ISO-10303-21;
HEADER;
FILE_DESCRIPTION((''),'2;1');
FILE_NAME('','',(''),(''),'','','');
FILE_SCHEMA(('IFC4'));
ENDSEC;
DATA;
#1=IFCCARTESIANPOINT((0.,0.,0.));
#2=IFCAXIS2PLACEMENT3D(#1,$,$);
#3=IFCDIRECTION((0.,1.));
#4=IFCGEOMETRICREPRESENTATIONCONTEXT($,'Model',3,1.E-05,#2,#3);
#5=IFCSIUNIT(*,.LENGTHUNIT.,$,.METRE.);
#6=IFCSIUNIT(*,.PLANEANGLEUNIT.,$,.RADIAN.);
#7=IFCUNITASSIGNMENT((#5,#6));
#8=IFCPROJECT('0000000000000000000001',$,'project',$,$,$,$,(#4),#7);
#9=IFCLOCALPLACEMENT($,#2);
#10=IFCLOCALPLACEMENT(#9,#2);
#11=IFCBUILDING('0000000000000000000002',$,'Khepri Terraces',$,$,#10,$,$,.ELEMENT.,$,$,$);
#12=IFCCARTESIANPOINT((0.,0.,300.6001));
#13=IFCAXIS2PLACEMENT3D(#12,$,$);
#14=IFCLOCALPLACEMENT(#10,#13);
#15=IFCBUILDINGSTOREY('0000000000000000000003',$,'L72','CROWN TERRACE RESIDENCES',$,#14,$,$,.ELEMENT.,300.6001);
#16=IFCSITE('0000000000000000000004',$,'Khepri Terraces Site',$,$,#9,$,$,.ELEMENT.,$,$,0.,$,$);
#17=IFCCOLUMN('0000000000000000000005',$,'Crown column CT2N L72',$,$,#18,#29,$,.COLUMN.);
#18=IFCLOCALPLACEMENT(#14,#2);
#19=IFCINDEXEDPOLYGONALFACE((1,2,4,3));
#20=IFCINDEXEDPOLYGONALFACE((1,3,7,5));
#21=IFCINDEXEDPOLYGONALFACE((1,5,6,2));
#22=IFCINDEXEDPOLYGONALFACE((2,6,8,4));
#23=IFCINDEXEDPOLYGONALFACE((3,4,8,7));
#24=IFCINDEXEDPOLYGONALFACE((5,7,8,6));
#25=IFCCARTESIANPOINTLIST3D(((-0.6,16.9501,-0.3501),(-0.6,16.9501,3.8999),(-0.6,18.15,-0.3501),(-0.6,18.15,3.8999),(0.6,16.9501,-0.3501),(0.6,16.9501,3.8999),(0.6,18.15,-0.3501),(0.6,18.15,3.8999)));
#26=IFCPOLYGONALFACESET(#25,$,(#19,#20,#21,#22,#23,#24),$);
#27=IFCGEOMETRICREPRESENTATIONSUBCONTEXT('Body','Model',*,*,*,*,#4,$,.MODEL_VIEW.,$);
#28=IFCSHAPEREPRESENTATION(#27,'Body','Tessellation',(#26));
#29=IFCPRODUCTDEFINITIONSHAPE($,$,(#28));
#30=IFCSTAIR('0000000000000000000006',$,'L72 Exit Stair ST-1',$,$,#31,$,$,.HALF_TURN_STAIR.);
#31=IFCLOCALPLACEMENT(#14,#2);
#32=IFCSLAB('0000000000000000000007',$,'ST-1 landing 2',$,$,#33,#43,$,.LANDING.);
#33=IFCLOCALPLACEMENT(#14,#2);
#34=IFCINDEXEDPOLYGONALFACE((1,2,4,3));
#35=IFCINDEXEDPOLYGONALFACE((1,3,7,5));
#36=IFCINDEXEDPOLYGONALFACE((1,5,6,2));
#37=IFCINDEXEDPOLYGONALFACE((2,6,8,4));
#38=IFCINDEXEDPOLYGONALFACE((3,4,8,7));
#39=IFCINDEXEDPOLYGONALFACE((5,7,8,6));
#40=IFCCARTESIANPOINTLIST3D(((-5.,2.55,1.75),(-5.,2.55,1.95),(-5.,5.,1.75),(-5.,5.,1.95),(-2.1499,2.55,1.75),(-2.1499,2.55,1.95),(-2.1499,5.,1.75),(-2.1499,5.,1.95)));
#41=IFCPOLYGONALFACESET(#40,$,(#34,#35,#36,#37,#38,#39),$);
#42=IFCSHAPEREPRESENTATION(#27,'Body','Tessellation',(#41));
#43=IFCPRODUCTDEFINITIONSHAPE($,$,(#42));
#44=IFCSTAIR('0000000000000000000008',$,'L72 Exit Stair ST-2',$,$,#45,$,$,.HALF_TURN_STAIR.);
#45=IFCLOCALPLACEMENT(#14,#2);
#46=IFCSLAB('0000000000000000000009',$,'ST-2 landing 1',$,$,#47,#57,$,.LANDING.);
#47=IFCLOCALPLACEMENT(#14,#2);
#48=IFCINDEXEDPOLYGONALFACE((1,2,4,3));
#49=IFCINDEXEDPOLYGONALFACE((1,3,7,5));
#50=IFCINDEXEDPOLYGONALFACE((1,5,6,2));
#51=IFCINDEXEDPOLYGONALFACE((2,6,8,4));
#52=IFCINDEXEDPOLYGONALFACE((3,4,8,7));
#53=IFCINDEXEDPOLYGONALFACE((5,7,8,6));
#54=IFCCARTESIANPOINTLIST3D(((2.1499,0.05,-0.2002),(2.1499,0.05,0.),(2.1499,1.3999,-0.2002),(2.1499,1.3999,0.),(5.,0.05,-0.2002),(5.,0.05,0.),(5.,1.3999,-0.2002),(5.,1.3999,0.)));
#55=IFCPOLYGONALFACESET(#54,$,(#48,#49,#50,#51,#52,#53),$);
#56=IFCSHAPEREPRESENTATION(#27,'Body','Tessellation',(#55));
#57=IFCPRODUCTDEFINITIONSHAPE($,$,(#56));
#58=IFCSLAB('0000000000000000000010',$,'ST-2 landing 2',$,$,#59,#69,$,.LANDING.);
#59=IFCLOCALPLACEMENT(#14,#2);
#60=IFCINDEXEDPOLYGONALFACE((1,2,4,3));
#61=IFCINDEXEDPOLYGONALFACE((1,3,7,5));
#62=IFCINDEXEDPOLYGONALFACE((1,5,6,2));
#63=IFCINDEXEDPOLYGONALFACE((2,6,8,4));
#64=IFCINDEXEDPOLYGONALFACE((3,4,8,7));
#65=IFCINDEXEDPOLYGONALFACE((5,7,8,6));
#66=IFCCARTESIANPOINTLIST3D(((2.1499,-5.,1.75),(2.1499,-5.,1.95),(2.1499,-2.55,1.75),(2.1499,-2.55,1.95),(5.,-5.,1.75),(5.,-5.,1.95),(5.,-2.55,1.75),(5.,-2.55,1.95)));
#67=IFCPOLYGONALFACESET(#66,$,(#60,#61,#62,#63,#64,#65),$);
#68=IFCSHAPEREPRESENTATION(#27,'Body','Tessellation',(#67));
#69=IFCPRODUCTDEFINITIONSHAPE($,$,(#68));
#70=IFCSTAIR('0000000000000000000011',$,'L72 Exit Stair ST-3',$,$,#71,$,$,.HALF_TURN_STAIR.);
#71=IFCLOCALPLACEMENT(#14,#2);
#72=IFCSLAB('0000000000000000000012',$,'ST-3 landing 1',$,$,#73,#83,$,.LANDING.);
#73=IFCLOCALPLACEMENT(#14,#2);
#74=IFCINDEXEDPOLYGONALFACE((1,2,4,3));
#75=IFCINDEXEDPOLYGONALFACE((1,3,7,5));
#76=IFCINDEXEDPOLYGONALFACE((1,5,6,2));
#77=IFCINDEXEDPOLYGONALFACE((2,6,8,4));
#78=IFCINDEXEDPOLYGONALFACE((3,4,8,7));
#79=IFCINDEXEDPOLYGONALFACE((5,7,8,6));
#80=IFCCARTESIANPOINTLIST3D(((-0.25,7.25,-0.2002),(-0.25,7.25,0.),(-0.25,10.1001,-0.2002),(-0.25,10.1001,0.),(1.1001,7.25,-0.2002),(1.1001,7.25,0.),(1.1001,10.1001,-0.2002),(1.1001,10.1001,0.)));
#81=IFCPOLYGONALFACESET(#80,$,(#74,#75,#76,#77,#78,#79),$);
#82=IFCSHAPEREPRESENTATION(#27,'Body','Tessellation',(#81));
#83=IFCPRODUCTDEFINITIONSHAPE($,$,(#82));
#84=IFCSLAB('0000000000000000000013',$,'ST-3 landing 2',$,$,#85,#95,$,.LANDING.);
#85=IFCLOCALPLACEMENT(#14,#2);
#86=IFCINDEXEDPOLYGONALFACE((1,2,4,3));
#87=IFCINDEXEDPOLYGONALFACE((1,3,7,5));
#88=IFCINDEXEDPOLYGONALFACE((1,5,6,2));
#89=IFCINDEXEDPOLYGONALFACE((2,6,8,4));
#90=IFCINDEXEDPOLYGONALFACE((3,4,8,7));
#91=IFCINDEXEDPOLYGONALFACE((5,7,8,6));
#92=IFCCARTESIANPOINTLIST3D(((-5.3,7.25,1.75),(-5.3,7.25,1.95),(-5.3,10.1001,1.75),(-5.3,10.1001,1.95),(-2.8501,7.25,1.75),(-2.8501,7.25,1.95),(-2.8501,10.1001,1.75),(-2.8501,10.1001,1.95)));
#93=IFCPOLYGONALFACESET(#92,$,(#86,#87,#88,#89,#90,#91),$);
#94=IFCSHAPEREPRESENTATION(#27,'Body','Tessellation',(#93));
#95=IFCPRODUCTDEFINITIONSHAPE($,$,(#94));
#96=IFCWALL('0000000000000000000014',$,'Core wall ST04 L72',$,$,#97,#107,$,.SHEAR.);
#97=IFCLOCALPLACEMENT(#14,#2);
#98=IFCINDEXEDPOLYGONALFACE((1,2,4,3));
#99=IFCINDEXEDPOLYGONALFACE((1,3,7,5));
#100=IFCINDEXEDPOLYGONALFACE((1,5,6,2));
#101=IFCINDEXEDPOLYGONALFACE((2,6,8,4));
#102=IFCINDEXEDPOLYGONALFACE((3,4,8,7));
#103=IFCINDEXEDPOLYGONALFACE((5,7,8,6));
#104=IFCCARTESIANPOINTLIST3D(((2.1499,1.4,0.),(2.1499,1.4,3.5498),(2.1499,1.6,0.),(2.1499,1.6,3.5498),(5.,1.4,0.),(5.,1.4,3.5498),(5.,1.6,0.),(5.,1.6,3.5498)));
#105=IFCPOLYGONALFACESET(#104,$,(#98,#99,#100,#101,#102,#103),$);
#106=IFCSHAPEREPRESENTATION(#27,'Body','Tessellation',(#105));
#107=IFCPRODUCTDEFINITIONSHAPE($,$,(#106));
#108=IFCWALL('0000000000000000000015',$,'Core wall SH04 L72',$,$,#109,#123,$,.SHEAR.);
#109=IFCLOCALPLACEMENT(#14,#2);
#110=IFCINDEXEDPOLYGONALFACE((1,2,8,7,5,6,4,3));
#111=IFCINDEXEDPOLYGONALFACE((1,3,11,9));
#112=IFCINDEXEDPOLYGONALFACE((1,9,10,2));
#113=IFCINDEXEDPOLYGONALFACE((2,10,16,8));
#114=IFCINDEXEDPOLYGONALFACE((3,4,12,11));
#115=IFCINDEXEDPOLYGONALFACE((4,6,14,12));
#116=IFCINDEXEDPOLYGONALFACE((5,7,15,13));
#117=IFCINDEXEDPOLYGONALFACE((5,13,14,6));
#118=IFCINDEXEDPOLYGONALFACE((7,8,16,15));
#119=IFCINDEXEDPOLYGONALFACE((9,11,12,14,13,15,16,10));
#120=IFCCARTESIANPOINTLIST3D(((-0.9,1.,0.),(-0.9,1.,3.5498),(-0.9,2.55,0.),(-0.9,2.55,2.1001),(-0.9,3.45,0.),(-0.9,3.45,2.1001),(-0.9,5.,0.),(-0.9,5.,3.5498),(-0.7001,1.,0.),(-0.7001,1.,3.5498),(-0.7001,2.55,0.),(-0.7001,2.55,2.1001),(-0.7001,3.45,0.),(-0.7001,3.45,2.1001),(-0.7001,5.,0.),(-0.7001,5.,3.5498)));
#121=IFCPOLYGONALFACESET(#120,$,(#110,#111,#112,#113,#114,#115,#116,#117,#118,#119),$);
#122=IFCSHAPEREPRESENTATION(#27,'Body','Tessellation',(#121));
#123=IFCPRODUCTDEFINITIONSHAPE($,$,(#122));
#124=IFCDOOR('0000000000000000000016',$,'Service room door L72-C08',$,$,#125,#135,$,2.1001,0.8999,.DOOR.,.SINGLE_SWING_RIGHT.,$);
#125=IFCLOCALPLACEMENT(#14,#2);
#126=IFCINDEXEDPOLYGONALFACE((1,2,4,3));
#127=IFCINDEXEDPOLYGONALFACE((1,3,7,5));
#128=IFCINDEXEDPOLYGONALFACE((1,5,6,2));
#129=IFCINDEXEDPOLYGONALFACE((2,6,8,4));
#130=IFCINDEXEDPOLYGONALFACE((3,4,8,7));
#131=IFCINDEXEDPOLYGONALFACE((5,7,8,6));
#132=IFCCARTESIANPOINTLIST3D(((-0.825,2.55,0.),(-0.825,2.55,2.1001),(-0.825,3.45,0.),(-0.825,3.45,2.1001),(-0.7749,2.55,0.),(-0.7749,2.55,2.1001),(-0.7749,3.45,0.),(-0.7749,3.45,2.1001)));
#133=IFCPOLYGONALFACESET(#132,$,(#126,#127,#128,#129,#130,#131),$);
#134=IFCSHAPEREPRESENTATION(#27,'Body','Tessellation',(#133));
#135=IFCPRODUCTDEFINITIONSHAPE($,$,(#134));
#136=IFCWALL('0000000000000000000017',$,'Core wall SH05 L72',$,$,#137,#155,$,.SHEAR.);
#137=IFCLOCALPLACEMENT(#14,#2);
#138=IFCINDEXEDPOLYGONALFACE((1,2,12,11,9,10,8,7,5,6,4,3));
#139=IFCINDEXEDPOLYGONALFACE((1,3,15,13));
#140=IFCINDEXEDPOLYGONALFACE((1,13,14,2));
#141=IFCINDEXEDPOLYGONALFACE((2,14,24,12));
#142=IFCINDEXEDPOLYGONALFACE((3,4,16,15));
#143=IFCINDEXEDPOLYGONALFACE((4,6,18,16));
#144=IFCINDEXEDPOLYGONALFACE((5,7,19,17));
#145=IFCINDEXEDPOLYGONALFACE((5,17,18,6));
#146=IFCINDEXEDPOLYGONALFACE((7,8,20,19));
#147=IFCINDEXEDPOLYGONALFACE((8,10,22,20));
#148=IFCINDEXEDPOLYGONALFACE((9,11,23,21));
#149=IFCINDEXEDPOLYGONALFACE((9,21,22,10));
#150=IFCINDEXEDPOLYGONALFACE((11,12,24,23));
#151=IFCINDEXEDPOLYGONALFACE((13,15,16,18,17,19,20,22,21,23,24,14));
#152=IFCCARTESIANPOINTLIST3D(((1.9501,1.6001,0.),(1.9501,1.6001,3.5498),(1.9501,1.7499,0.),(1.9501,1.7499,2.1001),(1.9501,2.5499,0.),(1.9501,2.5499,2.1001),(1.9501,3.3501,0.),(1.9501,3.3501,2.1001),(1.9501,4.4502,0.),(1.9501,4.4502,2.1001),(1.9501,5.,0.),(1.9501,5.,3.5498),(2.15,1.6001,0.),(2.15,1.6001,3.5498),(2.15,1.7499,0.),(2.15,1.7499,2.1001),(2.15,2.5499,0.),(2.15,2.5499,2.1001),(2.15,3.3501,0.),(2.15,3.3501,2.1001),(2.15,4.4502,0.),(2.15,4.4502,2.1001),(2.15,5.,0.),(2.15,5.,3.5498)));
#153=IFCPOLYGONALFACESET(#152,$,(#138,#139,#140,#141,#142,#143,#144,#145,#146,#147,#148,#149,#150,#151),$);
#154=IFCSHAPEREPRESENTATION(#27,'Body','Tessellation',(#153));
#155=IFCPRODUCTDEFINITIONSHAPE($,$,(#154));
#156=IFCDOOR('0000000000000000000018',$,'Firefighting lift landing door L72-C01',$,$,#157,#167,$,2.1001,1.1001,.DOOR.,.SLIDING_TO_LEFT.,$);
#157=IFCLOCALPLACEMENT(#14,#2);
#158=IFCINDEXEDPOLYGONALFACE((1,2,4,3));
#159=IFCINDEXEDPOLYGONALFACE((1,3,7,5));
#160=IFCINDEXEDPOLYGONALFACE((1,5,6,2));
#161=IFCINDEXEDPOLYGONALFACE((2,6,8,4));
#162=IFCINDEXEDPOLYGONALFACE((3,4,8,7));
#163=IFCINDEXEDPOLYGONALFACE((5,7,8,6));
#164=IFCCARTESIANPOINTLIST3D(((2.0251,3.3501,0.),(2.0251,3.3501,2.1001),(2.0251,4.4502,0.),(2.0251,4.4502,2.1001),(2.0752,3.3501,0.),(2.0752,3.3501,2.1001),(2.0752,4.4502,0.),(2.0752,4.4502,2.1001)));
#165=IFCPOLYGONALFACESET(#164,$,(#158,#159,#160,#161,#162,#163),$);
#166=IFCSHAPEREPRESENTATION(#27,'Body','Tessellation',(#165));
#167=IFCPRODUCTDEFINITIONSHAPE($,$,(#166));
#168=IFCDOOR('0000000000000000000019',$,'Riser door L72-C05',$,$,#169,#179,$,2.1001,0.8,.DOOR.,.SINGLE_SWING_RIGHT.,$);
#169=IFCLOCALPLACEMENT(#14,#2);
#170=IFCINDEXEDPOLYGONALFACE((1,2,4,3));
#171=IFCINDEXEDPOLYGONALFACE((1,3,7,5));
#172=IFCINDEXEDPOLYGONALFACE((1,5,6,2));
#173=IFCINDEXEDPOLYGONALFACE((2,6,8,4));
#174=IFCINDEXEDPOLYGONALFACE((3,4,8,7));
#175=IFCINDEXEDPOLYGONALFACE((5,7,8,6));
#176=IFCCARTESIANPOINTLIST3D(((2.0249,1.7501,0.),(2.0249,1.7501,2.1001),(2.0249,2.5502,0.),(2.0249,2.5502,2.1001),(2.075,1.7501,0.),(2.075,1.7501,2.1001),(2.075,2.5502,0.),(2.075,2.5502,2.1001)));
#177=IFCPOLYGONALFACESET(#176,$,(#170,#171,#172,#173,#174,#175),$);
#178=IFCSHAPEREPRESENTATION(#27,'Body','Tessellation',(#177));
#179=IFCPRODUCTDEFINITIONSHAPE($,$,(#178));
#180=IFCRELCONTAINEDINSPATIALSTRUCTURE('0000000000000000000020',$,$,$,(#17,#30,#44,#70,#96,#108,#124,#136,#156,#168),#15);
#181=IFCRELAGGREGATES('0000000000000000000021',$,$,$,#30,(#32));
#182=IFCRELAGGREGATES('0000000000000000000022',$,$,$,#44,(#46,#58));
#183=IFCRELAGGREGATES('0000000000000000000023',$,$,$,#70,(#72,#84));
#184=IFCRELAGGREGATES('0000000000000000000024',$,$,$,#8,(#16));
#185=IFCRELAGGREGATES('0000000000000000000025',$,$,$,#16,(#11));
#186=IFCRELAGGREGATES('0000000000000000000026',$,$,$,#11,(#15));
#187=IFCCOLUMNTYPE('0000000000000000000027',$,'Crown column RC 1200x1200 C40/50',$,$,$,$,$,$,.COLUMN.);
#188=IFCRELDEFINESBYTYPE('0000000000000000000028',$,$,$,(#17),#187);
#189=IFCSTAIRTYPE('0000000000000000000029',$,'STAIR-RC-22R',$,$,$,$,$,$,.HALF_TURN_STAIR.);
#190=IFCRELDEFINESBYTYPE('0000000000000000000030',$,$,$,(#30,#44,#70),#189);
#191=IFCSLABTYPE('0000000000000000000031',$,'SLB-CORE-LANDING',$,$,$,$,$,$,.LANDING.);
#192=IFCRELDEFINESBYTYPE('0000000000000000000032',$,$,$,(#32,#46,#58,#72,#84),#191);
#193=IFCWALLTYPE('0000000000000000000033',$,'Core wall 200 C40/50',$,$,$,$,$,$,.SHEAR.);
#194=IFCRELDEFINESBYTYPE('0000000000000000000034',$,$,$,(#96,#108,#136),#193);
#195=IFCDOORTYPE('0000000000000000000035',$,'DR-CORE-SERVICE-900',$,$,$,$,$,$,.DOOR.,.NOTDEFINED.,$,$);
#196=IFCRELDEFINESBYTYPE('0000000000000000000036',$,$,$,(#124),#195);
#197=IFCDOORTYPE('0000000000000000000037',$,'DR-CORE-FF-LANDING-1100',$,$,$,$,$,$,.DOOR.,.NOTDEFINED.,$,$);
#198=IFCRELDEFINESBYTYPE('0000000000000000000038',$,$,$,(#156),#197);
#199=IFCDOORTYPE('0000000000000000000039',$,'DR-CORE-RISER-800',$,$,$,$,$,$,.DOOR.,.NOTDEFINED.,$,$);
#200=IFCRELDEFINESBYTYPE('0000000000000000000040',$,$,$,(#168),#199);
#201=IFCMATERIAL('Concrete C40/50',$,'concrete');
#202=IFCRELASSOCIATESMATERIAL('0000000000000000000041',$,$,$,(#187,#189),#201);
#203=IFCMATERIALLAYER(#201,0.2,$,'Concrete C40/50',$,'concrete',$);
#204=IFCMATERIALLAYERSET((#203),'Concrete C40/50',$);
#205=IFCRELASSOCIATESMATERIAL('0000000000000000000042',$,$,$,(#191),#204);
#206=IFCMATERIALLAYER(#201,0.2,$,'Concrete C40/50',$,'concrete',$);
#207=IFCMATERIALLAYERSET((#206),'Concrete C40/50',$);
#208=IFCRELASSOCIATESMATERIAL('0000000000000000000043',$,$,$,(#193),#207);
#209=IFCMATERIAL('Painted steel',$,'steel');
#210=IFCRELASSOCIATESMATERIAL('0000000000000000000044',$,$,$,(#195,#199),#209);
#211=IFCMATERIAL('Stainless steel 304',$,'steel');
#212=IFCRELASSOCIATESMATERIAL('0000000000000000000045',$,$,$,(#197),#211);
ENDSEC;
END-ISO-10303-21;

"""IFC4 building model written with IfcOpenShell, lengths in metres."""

from ifc_helpers import new_model, si_unit, direction, frame, frame_2d, origin, origin_2d, place, context, subcontext, project, spatial, polyline, rectangle, outline, extrude, material, layer, layer_set, material_profile, profile_set, type_object, element, fill, aggregate, save


model = new_model("IFC4")

# Units and contexts
model_context = context("Model", 3, precision=1e-05, world=origin(), true_north=direction((0.0, 1.0)))
body_context = subcontext(model_context, "Body", "Model", "MODEL_VIEW")
ifc_project = project(units=[si_unit("LENGTHUNIT", "METRE"), si_unit("PLANEANGLEUNIT", "RADIAN")], contexts=[model_context])

# Site, building, storey
site_placement = place(None, origin())
site = spatial("IfcSite", under=ifc_project, at=site_placement, Name="Khepri Terraces Site", CompositionType="ELEMENT", RefElevation=0.0)
building_placement = place(site_placement, origin())
building = spatial("IfcBuilding", under=site, at=building_placement, Name="Khepri Terraces", CompositionType="ELEMENT")
storey_placement = place(building_placement, frame((0.0, 0.0, 300.6001)))
storey = spatial("IfcBuildingStorey", under=building, at=storey_placement, Name="L72", Description="CROWN TERRACE RESIDENCES", CompositionType="ELEMENT", Elevation=300.6001)

# Column
ifc_material_1 = material(Name="Concrete C40/50", Category="concrete")
ifc_material_profile = material_profile(ifc_material_1, rectangle(XDim=1.2, YDim=1.2, at=origin_2d()), Name="Concrete C40/50", Category="concrete")
ifc_profile_set = profile_set([ifc_material_profile], Name="Concrete C40/50")
column_type = type_object("IfcColumnType", Name="Crown column RC 1200x1200 C40/50", PredefinedType="COLUMN", material=ifc_profile_set)
column_placement = place(storey_placement, frame((0.0, 17.55, -0.3501), z_axis=(0.0, 0.0, 1.0), x_axis=(1.0, 0.0, 0.0)))
element("IfcColumn", 1, at=column_placement, inside=storey, type_object=column_type, Name="Crown column CT2N L72", PredefinedType="COLUMN", context=body_context, shape_type="SweptSolid", body=[
    extrude(rectangle(XDim=1.2, YDim=1.2, at=origin_2d()), origin(), (0.0, 0.0, 1.0), 4.25),
])

# Stair, slab
stair_type = type_object("IfcStairType", Name="STAIR-RC-22R", PredefinedType="HALF_TURN_STAIR", material=ifc_material_1)
stair_1_placement = place(storey_placement, origin())
stair_1 = element("IfcStair", 2, at=stair_1_placement, inside=storey, type_object=stair_type, Name="L72 Exit Stair ST-1", PredefinedType="HALF_TURN_STAIR")
ifc_layer_1 = layer(ifc_material_1, 0.2, Name="Concrete C40/50", Category="concrete")
ifc_layer_set_1 = layer_set([ifc_layer_1], Name="Concrete C40/50")
slab_type = type_object("IfcSlabType", Name="SLB-CORE-LANDING", PredefinedType="LANDING", material=ifc_layer_set_1)
slab_1_placement = place(storey_placement, frame((0.0, 0.0, 1.75)))
slab_1 = element("IfcSlab", 3, at=slab_1_placement, type_object=slab_type, Name="ST-1 landing 2", PredefinedType="LANDING", context=body_context, shape_type="SweptSolid", body=[
    extrude(outline(polyline([(-2.1499, 2.55), (-2.1499, 5.0), (-5.0, 5.0), (-5.0, 2.55), (-2.1499, 2.55)])), origin(), (0.0, 0.0, 1.0), 0.2),
])
aggregate(stair_1, [slab_1])

# Stairs, slabs
stair_2_placement = place(storey_placement, origin())
stair_2 = element("IfcStair", 4, at=stair_2_placement, inside=storey, type_object=stair_type, Name="L72 Exit Stair ST-2", PredefinedType="HALF_TURN_STAIR")
slab_2_placement = place(storey_placement, frame((0.0, 0.0, -0.2002)))
slab_2 = element("IfcSlab", 5, at=slab_2_placement, type_object=slab_type, Name="ST-2 landing 1", PredefinedType="LANDING", context=body_context, shape_type="SweptSolid", body=[
    extrude(outline(polyline([(2.1499, 1.3999), (2.1499, 0.05), (5.0, 0.05), (5.0, 1.3999), (2.1499, 1.3999)])), origin(), (0.0, 0.0, 1.0), 0.2002),
])
slab_3_placement = place(storey_placement, frame((0.0, 0.0, 1.75)))
slab_3 = element("IfcSlab", 6, at=slab_3_placement, type_object=slab_type, Name="ST-2 landing 2", PredefinedType="LANDING", context=body_context, shape_type="SweptSolid", body=[
    extrude(outline(polyline([(2.1499, -2.55), (2.1499, -5.0), (5.0, -5.0), (5.0, -2.55), (2.1499, -2.55)])), origin(), (0.0, 0.0, 1.0), 0.2),
])
stair_3_placement = place(storey_placement, origin())
stair_3 = element("IfcStair", 7, at=stair_3_placement, inside=storey, type_object=stair_type, Name="L72 Exit Stair ST-3", PredefinedType="HALF_TURN_STAIR")
slab_4_placement = place(storey_placement, frame((0.0, 0.0, -0.2002)))
slab_4 = element("IfcSlab", 8, at=slab_4_placement, type_object=slab_type, Name="ST-3 landing 1", PredefinedType="LANDING", context=body_context, shape_type="SweptSolid", body=[
    extrude(outline(polyline([(1.1001, 10.1001), (-0.25, 10.1001), (-0.25, 7.25), (1.1001, 7.25), (1.1001, 10.1001)])), origin(), (0.0, 0.0, 1.0), 0.2002),
])
slab_5_placement = place(storey_placement, frame((0.0, 0.0, 1.75)))
slab_5 = element("IfcSlab", 9, at=slab_5_placement, type_object=slab_type, Name="ST-3 landing 2", PredefinedType="LANDING", context=body_context, shape_type="SweptSolid", body=[
    extrude(outline(polyline([(-2.8501, 10.1001), (-5.3, 10.1001), (-5.3, 7.25), (-2.8501, 7.25), (-2.8501, 10.1001)])), origin(), (0.0, 0.0, 1.0), 0.2),
])

# Wall
ifc_layer_2 = layer(ifc_material_1, 0.2, Name="Concrete C40/50", Category="concrete")
ifc_layer_set_2 = layer_set([ifc_layer_2], Name="Concrete C40/50")
wall_type_1 = type_object("IfcWallType", Name="Core wall 200 C40/50", PredefinedType="SHEAR", material=ifc_layer_set_2)
wall_1_placement = place(storey_placement, frame((2.1499, 1.5, 0.0), z_axis=(0.0, 0.0, 1.0), x_axis=(1.0, 0.0, 0.0)))
element("IfcWall", 10, at=wall_1_placement, inside=storey, type_object=wall_type_1, Name="Core wall ST04 L72", PredefinedType="SHEAR", context=body_context, shape_type="SweptSolid", body=[
    extrude(rectangle(XDim=2.8501, YDim=0.2, at=frame_2d((1.425, 0.0))), origin(), (0.0, 0.0, 1.0), 3.5498),
])

# Wall, opening, door
wall_2_placement = place(storey_placement, frame((-0.8, 1.0, 0.0), z_axis=(0.0, 0.0, 1.0), x_axis=(0.0, 1.0, 0.0)))
wall_2 = element("IfcWall", 11, at=wall_2_placement, inside=storey, type_object=wall_type_1, Name="Core wall SH04 L72", PredefinedType="SHEAR", context=body_context, shape_type="SweptSolid", body=[
    extrude(rectangle(XDim=4.0, YDim=0.2, at=frame_2d((2.0, 0.0))), origin(), (0.0, 0.0, 1.0), 3.5498),
])
opening_1_placement = place(wall_2_placement, frame((1.55, 0.0, 0.0)))
opening_1 = element("IfcOpeningElement", 12, at=opening_1_placement, cuts=wall_2, PredefinedType="OPENING", context=body_context, shape_type="SweptSolid", body=[
    extrude(rectangle(XDim=0.8999, YDim=2.1001, at=frame_2d((0.45, 1.05))), frame((0.0, 0.1099, 0.0), z_axis=(0.0, -1.0, 0.0), x_axis=(1.0, 0.0, 0.0)), (0.0, 0.0, 1.0), 0.22),
])
ifc_material_2 = material(Name="Painted steel", Category="steel")
door_type_1 = type_object("IfcDoorType", Name="DR-CORE-SERVICE-900", OperationType="NOTDEFINED", PredefinedType="DOOR", material=ifc_material_2)
door_1_placement = place(opening_1_placement, origin())
door_1 = element("IfcDoor", 13, at=door_1_placement, inside=storey, type_object=door_type_1, Name="Service room door L72-C08", OperationType="SINGLE_SWING_RIGHT", OverallHeight=2.1001, OverallWidth=0.8999, PredefinedType="DOOR", context=body_context, shape_type="SweptSolid", body=[
    extrude(rectangle(XDim=0.8999, YDim=2.1001, at=frame_2d((0.45, 1.05))), frame((0.0, 0.0249, 0.0), z_axis=(0.0, -1.0, 0.0), x_axis=(1.0, 0.0, 0.0)), (0.0, 0.0, 1.0), 0.05),
])
fill(opening_1, door_1)

# Wall, openings, doors
wall_3_placement = place(storey_placement, frame((2.05, 1.6001, 0.0), z_axis=(0.0, 0.0, 1.0), x_axis=(0.0, 1.0, 0.0)))
wall_3 = element("IfcWall", 14, at=wall_3_placement, inside=storey, type_object=wall_type_1, Name="Core wall SH05 L72", PredefinedType="SHEAR", context=body_context, shape_type="SweptSolid", body=[
    extrude(rectangle(XDim=3.3999, YDim=0.2, at=frame_2d((1.7, 0.0))), origin(), (0.0, 0.0, 1.0), 3.5498),
])
opening_2_placement = place(wall_3_placement, frame((1.75, 0.0, 0.0)))
opening_2 = element("IfcOpeningElement", 15, at=opening_2_placement, cuts=wall_3, PredefinedType="OPENING", context=body_context, shape_type="SweptSolid", body=[
    extrude(rectangle(XDim=1.1001, YDim=2.1001, at=frame_2d((0.55, 1.05))), frame((0.0, 0.1099, 0.0), z_axis=(0.0, -1.0, 0.0), x_axis=(1.0, 0.0, 0.0)), (0.0, 0.0, 1.0), 0.22),
])
opening_3_placement = place(wall_3_placement, frame((0.1499, 0.0, 0.0)))
opening_3 = element("IfcOpeningElement", 16, at=opening_3_placement, cuts=wall_3, PredefinedType="OPENING", context=body_context, shape_type="SweptSolid", body=[
    extrude(rectangle(XDim=0.8, YDim=2.1001, at=frame_2d((0.3999, 1.05))), frame((0.0, 0.1099, 0.0), z_axis=(0.0, -1.0, 0.0), x_axis=(1.0, 0.0, 0.0)), (0.0, 0.0, 1.0), 0.22),
])
ifc_material_3 = material(Name="Stainless steel 304", Category="steel")
door_type_2 = type_object("IfcDoorType", Name="DR-CORE-FF-LANDING-1100", OperationType="NOTDEFINED", PredefinedType="DOOR", material=ifc_material_3)
door_2_placement = place(opening_2_placement, origin())
door_2 = element("IfcDoor", 17, at=door_2_placement, inside=storey, type_object=door_type_2, Name="Firefighting lift landing door L72-C01", OperationType="SLIDING_TO_LEFT", OverallHeight=2.1001, OverallWidth=1.1001, PredefinedType="DOOR", context=body_context, shape_type="SweptSolid", body=[
    extrude(rectangle(XDim=1.1001, YDim=2.1001, at=frame_2d((0.55, 1.05))), frame((0.0, 0.0249, 0.0), z_axis=(0.0, -1.0, 0.0), x_axis=(1.0, 0.0, 0.0)), (0.0, 0.0, 1.0), 0.05),
])
fill(opening_2, door_2)
door_type_3 = type_object("IfcDoorType", Name="DR-CORE-RISER-800", OperationType="NOTDEFINED", PredefinedType="DOOR", material=ifc_material_2)
door_3_placement = place(opening_3_placement, frame((0.8, 0.0, 0.0), z_axis=(0.0, 0.0, 1.0), x_axis=(-1.0, 0.0, 0.0)))
door_3 = element("IfcDoor", 18, at=door_3_placement, inside=storey, type_object=door_type_3, Name="Riser door L72-C05", OperationType="SINGLE_SWING_RIGHT", OverallHeight=2.1001, OverallWidth=0.8, PredefinedType="DOOR", context=body_context, shape_type="SweptSolid", body=[
    extrude(rectangle(XDim=0.8, YDim=2.1001, at=frame_2d((0.3999, 1.05))), frame((0.0, 0.0249, 0.0), z_axis=(0.0, -1.0, 0.0), x_axis=(1.0, 0.0, 0.0)), (0.0, 0.0, 1.0), 0.05),
])
fill(opening_3, door_3)

aggregate(stair_2, [slab_2, slab_3])
aggregate(stair_3, [slab_4, slab_5])

save(model, "model.ifc")
